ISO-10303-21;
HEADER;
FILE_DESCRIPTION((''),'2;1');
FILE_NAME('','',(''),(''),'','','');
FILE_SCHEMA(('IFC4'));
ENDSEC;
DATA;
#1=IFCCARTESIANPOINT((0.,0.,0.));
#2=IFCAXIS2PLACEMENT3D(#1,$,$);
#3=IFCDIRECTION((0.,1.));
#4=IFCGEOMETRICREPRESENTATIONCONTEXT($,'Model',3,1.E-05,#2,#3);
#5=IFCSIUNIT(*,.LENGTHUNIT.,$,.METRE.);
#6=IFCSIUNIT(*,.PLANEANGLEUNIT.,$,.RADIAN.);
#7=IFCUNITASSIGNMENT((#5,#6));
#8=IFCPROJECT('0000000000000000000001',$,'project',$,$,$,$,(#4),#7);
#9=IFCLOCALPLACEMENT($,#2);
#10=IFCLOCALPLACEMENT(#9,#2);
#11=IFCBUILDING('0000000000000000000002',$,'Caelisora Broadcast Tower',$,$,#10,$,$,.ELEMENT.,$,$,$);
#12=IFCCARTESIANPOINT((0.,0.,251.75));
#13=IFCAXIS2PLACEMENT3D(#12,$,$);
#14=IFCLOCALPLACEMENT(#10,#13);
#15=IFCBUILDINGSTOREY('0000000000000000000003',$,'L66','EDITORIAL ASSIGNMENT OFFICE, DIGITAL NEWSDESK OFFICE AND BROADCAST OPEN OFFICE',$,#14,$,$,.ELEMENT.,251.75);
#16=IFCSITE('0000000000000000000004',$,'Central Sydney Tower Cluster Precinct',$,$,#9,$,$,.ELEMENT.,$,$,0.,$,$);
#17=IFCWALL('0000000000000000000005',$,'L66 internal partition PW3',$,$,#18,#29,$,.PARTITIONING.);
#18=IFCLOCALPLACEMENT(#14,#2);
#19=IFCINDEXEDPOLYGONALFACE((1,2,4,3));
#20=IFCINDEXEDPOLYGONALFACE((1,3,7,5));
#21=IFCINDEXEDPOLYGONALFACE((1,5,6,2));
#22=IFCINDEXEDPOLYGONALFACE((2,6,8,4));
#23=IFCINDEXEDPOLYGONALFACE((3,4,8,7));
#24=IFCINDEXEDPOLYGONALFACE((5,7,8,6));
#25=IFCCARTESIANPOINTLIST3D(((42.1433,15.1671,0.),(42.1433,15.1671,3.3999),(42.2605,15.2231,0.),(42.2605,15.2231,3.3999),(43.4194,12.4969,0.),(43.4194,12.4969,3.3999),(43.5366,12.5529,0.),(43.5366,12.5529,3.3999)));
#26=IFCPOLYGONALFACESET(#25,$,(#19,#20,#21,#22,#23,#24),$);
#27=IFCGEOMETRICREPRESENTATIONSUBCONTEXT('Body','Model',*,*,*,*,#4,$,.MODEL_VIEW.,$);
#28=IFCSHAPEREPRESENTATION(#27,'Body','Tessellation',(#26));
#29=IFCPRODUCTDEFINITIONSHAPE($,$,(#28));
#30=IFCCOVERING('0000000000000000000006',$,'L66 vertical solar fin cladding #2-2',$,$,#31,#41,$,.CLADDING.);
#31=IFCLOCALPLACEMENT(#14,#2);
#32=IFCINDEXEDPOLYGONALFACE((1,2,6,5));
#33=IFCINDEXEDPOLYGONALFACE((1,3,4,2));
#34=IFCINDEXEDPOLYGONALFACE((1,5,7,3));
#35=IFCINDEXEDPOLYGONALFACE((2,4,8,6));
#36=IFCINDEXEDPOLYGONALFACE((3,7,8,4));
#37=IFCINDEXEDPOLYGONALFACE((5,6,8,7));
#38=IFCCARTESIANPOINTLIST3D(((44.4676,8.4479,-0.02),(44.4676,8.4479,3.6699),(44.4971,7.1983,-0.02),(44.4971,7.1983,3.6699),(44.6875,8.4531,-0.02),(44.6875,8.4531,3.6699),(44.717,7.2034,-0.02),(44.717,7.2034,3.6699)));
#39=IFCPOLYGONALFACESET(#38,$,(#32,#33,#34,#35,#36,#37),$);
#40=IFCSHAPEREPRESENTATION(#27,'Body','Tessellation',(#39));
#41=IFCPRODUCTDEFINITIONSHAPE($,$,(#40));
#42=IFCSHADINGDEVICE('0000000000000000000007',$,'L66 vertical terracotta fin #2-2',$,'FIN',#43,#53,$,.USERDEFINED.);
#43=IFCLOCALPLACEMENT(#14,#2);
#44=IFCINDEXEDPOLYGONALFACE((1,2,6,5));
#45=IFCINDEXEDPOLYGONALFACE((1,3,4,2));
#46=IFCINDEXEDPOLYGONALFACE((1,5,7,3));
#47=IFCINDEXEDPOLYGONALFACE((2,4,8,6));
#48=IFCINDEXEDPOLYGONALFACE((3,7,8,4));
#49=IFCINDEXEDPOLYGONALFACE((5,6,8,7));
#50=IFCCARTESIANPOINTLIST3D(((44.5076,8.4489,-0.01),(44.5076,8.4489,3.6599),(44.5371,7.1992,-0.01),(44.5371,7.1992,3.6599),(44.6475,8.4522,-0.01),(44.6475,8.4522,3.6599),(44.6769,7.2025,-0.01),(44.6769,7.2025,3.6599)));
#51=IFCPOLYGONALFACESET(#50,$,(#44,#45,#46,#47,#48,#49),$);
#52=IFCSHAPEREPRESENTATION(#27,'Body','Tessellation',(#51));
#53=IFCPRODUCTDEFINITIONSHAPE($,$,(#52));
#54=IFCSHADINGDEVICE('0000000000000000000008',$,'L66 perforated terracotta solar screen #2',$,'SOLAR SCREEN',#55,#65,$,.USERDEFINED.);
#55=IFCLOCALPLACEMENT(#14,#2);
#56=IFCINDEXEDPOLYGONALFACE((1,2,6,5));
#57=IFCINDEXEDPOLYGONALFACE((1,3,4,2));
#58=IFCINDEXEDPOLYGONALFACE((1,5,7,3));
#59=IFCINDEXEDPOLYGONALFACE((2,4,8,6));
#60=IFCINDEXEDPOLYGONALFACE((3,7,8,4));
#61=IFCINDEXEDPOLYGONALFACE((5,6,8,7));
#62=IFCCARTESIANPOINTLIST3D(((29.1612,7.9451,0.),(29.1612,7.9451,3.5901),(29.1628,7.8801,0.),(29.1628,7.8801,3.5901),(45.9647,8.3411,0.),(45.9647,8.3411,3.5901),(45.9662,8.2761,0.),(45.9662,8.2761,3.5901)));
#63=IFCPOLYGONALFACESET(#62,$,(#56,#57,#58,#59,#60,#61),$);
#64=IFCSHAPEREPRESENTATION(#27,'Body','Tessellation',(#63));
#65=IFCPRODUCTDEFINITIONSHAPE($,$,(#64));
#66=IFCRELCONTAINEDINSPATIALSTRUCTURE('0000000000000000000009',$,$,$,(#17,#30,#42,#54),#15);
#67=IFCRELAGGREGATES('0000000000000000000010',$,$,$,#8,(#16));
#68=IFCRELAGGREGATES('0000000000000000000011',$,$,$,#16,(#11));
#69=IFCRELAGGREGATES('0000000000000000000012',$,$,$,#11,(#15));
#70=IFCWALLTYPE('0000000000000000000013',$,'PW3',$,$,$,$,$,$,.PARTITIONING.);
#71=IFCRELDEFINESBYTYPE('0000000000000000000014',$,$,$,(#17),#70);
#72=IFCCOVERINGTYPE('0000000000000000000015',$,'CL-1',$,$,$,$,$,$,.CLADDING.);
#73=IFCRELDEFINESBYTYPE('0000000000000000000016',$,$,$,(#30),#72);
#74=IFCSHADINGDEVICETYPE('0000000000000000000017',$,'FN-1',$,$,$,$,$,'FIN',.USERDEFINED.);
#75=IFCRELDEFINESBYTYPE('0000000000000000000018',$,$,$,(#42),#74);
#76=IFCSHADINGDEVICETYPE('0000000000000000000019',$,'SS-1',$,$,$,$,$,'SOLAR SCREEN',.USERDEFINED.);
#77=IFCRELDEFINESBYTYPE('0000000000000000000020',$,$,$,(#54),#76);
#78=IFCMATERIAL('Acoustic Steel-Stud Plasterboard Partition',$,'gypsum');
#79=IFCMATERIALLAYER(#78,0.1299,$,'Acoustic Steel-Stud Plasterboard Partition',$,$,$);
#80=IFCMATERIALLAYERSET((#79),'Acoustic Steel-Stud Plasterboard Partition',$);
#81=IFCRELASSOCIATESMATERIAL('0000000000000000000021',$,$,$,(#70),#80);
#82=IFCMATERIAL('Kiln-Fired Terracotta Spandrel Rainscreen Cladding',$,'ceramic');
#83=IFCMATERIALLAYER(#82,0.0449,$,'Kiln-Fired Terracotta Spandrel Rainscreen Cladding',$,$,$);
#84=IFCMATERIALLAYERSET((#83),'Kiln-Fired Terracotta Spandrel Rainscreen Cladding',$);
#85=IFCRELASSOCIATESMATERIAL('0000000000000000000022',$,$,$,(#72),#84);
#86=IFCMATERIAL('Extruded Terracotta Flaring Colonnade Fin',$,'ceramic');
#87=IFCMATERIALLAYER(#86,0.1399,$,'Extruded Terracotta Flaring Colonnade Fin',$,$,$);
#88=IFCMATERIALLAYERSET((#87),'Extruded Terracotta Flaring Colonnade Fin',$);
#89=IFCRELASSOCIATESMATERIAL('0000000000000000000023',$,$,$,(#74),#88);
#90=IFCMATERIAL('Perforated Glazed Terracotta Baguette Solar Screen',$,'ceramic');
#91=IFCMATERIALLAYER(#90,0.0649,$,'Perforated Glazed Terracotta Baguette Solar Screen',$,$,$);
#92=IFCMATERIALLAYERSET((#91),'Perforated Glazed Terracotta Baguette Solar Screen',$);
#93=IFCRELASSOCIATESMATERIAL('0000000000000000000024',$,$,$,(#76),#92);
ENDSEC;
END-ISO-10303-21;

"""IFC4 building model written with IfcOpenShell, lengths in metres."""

from ifc_helpers import new_model, si_unit, direction, frame, frame_2d, origin, origin_2d, place, context, subcontext, project, spatial, rectangle, extrude, source, transform, mapped, material, layer, layer_set, type_object, type_shapes, element, save


model = new_model("IFC4")

# Units and contexts
model_context = context("Model", 3, precision=1e-05, world=origin(), true_north=direction((0.0, 1.0)))
body_context = subcontext(model_context, "Body", "Model", "MODEL_VIEW")
ifc_project = project(units=[si_unit("LENGTHUNIT", "METRE"), si_unit("PLANEANGLEUNIT", "RADIAN")], contexts=[model_context])

# Site, building, storey
site_placement = place(None, origin())
site = spatial("IfcSite", under=ifc_project, at=site_placement, Name="Central Sydney Tower Cluster Precinct", CompositionType="ELEMENT", RefElevation=0.0)
building_placement = place(site_placement, origin())
building = spatial("IfcBuilding", under=site, at=building_placement, Name="Caelisora Broadcast Tower", CompositionType="ELEMENT")
storey_placement = place(building_placement, frame((0.0, 0.0, 251.75)))
storey = spatial("IfcBuildingStorey", under=building, at=storey_placement, Name="L66", Description="EDITORIAL ASSIGNMENT OFFICE, DIGITAL NEWSDESK OFFICE AND BROADCAST OPEN OFFICE", CompositionType="ELEMENT", Elevation=251.75)

# Shared definitions
ifc_material_1 = material(Name="Acoustic Steel-Stud Plasterboard Partition", Category="gypsum")
ifc_layer_1 = layer(ifc_material_1, 0.1299, Name="Acoustic Steel-Stud Plasterboard Partition")
ifc_layer_set_1 = layer_set([ifc_layer_1], Name="Acoustic Steel-Stud Plasterboard Partition")
wall_type = type_object("IfcWallType", Name="PW3", PredefinedType="PARTITIONING", material=ifc_layer_set_1)

# Wall
wall_1_placement = place(storey_placement, frame((42.2019, 15.1951, 0.0), z_axis=(0.0, 0.0, 1.0), x_axis=(0.431204, -0.902254, 0.0)))
element("IfcWall", 1, at=wall_1_placement, inside=storey, type_object=wall_type, Name="L66 internal partition PW3", PredefinedType="PARTITIONING", context=body_context, shape_type="SweptSolid", body=[
    extrude(rectangle(XDim=2.9595, YDim=0.1299, at=frame_2d((1.4797, 0.0))), origin(), (0.0, 0.0, 1.0), 3.3999),
])

# Covering
ifc_material_2 = material(Name="Kiln-Fired Terracotta Spandrel Rainscreen Cladding", Category="ceramic")
ifc_layer_2 = layer(ifc_material_2, 0.0449, Name="Kiln-Fired Terracotta Spandrel Rainscreen Cladding")
ifc_layer_set_2 = layer_set([ifc_layer_2], Name="Kiln-Fired Terracotta Spandrel Rainscreen Cladding")
covering_type = type_object("IfcCoveringType", Name="CL-1", PredefinedType="CLADDING", material=ifc_layer_set_2)
shared_shape_1 = source(origin(), body_context, "Body", "SweptSolid", [
    extrude(rectangle(XDim=0.22, YDim=1.25, at=origin_2d()), origin(), (0.0, 0.0, 1.0), 3.6899),
])
type_shapes(covering_type, [shared_shape_1])
covering_placement = place(storey_placement, frame((44.5923, 7.8257, -0.02), z_axis=(0.0, 0.0, 1.0), x_axis=(-0.999722, -0.02356, 0.0)))
element("IfcCovering", 2, at=covering_placement, inside=storey, type_object=covering_type, Name="L66 vertical solar fin cladding #2-2", PredefinedType="CLADDING", context=body_context, shape_type="MappedRepresentation", body=[
    mapped(shared_shape_1, transform((0.0, 0.0, 0.0), scale=1.0)),
])

# Shading devices
ifc_material_3 = material(Name="Extruded Terracotta Flaring Colonnade Fin", Category="ceramic")
ifc_layer_3 = layer(ifc_material_3, 0.1399, Name="Extruded Terracotta Flaring Colonnade Fin")
ifc_layer_set_3 = layer_set([ifc_layer_3], Name="Extruded Terracotta Flaring Colonnade Fin")
shading_device_type_1 = type_object("IfcShadingDeviceType", Name="FN-1", ElementType="FIN", PredefinedType="USERDEFINED", material=ifc_layer_set_3)
shared_shape_2 = source(origin(), body_context, "Body", "SweptSolid", [
    extrude(rectangle(XDim=0.1399, YDim=1.25, at=origin_2d()), origin(), (0.0, 0.0, 1.0), 3.6699),
])
type_shapes(shading_device_type_1, [shared_shape_2])
shading_device_1_placement = place(storey_placement, frame((44.5923, 7.8257, -0.01), z_axis=(0.0, 0.0, 1.0), x_axis=(-0.999722, -0.02356, 0.0)))
element("IfcShadingDevice", 3, at=shading_device_1_placement, inside=storey, type_object=shading_device_type_1, Name="L66 vertical terracotta fin #2-2", ObjectType="FIN", PredefinedType="USERDEFINED", context=body_context, shape_type="MappedRepresentation", body=[
    mapped(shared_shape_2, transform((0.0, 0.0, 0.0), scale=1.0)),
])
ifc_material_4 = material(Name="Perforated Glazed Terracotta Baguette Solar Screen", Category="ceramic")
ifc_layer_4 = layer(ifc_material_4, 0.0649, Name="Perforated Glazed Terracotta Baguette Solar Screen")
ifc_layer_set_4 = layer_set([ifc_layer_4], Name="Perforated Glazed Terracotta Baguette Solar Screen")
shading_device_type_2 = type_object("IfcShadingDeviceType", Name="SS-1", ElementType="SOLAR SCREEN", PredefinedType="USERDEFINED", material=ifc_layer_set_4)
shared_shape_3 = source(origin(), body_context, "Body", "SweptSolid", [
    extrude(rectangle(XDim=16.8081, YDim=0.0649, at=origin_2d()), origin(), (0.0, 0.0, 1.0), 3.5901),
])
type_shapes(shading_device_type_2, [shared_shape_3])
shading_device_2_placement = place(storey_placement, frame((37.5637, 8.1106, 0.0), z_axis=(0.0, 0.0, 1.0), x_axis=(0.999722, 0.02356, 0.0)))
element("IfcShadingDevice", 4, at=shading_device_2_placement, inside=storey, type_object=shading_device_type_2, Name="L66 perforated terracotta solar screen #2", ObjectType="SOLAR SCREEN", PredefinedType="USERDEFINED", context=body_context, shape_type="MappedRepresentation", body=[
    mapped(shared_shape_3, transform((0.0, 0.0, 0.0), scale=1.0)),
])

save(model, "model.ifc")
